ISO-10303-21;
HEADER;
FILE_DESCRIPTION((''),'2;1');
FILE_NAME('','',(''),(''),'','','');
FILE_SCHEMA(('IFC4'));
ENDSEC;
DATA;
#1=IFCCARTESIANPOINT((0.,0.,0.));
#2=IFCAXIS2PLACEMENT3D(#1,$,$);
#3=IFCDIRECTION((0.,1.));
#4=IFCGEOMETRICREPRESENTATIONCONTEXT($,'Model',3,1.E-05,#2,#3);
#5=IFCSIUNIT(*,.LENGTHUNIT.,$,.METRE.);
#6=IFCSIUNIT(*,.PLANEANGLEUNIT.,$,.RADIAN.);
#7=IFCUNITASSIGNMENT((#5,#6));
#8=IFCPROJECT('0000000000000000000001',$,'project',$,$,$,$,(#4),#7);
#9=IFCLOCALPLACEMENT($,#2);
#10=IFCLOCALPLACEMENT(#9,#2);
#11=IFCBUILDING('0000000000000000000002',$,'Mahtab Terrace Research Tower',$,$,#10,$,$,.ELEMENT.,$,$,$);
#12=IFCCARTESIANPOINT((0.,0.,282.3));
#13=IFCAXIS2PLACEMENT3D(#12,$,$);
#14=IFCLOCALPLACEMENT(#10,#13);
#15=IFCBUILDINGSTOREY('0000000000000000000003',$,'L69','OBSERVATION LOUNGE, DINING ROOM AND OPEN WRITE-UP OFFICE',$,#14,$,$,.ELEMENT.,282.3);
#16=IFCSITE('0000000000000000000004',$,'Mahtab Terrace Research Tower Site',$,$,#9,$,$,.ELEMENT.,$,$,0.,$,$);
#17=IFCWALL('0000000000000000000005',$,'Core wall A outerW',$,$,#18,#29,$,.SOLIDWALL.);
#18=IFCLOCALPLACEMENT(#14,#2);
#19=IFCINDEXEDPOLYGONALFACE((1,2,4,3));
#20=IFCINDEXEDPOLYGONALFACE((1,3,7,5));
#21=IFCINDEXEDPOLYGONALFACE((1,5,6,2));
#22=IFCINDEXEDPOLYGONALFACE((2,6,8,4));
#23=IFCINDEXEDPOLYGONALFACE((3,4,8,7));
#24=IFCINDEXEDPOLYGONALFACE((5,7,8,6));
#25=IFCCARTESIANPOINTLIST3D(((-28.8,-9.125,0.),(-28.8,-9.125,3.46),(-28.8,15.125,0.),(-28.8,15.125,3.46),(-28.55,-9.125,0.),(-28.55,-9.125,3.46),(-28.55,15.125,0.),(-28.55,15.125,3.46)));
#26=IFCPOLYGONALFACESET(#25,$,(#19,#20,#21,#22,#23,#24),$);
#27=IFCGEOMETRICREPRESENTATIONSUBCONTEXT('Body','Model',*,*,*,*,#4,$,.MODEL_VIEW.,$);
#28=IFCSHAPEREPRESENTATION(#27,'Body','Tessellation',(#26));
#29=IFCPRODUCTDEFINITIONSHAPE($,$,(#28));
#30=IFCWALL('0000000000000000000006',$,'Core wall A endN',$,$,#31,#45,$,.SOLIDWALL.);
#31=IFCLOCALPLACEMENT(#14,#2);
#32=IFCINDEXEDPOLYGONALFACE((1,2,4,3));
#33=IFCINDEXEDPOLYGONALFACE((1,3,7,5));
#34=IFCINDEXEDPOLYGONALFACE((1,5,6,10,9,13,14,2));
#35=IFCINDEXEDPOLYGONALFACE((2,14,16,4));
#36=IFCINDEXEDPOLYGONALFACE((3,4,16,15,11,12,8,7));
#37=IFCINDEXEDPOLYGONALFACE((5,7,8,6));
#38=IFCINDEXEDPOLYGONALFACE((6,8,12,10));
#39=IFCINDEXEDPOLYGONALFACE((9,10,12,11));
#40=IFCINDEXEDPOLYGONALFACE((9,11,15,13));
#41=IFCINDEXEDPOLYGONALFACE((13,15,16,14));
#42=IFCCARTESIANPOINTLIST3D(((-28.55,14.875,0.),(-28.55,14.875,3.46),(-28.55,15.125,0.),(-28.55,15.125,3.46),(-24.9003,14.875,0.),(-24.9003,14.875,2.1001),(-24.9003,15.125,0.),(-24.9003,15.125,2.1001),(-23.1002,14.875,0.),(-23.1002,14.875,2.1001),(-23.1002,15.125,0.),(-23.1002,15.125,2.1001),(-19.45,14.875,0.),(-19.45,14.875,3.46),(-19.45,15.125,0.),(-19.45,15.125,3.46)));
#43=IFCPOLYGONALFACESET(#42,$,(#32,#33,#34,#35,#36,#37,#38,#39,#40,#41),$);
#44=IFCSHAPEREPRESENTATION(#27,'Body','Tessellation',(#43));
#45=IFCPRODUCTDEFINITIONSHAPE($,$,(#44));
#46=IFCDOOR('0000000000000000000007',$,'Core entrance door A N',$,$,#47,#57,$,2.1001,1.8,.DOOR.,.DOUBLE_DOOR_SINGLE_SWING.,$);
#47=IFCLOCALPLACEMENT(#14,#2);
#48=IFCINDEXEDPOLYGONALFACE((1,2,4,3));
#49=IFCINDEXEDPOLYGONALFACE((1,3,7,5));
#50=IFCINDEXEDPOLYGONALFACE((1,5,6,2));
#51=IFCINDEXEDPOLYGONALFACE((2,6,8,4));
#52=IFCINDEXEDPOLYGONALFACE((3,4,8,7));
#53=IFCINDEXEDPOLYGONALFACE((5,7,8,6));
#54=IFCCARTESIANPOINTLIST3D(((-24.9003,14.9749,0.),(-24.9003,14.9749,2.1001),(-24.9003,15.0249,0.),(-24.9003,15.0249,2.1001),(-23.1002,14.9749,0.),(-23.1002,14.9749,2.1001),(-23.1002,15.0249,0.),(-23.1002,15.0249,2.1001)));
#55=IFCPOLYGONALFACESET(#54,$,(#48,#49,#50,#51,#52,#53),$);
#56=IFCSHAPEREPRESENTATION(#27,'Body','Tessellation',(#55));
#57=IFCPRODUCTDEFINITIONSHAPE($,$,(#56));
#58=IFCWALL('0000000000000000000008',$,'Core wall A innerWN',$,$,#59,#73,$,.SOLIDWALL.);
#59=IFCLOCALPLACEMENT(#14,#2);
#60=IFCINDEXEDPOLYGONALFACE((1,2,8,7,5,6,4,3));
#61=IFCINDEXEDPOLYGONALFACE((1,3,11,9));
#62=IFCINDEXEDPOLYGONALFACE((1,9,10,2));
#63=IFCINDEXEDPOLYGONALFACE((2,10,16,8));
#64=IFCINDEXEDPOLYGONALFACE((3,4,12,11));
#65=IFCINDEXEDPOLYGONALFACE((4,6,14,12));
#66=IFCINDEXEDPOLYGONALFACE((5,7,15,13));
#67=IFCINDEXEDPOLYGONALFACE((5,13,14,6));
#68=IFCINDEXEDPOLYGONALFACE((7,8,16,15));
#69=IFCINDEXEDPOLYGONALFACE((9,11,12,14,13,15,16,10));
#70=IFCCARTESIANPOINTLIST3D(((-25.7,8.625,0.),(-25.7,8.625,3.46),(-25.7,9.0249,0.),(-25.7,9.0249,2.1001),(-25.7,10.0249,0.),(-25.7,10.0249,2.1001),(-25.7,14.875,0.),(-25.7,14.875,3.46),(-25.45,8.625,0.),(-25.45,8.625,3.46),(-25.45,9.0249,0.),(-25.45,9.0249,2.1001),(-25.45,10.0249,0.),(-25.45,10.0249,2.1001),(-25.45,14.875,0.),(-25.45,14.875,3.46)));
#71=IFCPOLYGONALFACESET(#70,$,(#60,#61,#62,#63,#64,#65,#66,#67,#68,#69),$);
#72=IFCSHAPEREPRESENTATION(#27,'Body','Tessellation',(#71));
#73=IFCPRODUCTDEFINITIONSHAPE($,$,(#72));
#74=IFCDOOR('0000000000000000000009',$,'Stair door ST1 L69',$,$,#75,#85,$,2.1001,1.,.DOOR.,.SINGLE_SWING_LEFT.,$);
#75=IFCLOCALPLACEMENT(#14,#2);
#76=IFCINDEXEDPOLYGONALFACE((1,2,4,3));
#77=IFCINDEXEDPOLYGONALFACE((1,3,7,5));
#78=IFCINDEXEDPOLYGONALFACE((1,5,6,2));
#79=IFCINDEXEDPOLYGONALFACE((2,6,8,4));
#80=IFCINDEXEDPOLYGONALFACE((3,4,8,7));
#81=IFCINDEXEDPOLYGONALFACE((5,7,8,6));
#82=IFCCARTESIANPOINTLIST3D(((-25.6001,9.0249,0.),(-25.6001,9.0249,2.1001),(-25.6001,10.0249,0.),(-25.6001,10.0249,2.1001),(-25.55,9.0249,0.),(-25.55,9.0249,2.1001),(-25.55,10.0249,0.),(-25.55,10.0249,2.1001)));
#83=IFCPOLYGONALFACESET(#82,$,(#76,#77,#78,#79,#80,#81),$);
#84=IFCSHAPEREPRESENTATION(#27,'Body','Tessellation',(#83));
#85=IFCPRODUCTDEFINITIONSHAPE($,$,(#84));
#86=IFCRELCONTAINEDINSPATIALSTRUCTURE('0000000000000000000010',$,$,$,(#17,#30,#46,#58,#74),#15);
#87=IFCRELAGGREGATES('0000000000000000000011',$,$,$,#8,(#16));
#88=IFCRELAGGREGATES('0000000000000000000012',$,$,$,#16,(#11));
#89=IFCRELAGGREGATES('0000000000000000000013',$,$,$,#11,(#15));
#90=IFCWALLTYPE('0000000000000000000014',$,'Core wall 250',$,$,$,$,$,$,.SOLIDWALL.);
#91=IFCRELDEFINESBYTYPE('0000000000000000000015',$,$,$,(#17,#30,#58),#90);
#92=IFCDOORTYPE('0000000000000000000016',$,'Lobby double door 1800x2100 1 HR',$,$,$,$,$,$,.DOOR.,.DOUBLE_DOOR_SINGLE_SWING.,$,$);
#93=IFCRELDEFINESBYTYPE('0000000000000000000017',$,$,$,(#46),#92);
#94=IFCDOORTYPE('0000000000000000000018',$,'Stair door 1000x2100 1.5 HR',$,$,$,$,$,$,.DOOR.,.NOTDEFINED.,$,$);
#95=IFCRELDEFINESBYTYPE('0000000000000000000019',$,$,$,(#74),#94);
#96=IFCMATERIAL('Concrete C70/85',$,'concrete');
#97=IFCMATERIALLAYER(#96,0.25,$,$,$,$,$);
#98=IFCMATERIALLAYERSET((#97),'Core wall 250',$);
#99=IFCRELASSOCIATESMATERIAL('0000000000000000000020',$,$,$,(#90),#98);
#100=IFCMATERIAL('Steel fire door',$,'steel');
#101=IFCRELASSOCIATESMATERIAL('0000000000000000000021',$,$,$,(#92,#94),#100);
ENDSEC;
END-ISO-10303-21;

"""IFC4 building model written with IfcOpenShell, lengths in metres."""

from ifc_helpers import new_model, si_unit, direction, frame, frame_2d, origin, place, context, subcontext, project, spatial, rectangle, extrude, material, layer, layer_set, type_object, element, fill, save


model = new_model("IFC4")

# Units and contexts
model_context = context("Model", 3, precision=1e-05, world=origin(), true_north=direction((0.0, 1.0)))
body_context = subcontext(model_context, "Body", "Model", "MODEL_VIEW")
ifc_project = project(units=[si_unit("LENGTHUNIT", "METRE"), si_unit("PLANEANGLEUNIT", "RADIAN")], contexts=[model_context])

# Site, building, storey
site_placement = place(None, origin())
site = spatial("IfcSite", under=ifc_project, at=site_placement, Name="Mahtab Terrace Research Tower Site", CompositionType="ELEMENT", RefElevation=0.0)
building_placement = place(site_placement, origin())
building = spatial("IfcBuilding", under=site, at=building_placement, Name="Mahtab Terrace Research Tower", CompositionType="ELEMENT")
storey_placement = place(building_placement, frame((0.0, 0.0, 282.3)))
storey = spatial("IfcBuildingStorey", under=building, at=storey_placement, Name="L69", Description="OBSERVATION LOUNGE, DINING ROOM AND OPEN WRITE-UP OFFICE", CompositionType="ELEMENT", Elevation=282.3)

# Wall
ifc_material_1 = material(Name="Concrete C70/85", Category="concrete")
ifc_layer_1 = layer(ifc_material_1, 0.25)
ifc_layer_set_1 = layer_set([ifc_layer_1], Name="Core wall 250")
wall_type_1 = type_object("IfcWallType", Name="Core wall 250", PredefinedType="SOLIDWALL", material=ifc_layer_set_1)
wall_1_placement = place(storey_placement, frame((-28.675, 15.125, 0.0), z_axis=(0.0, 0.0, 1.0), x_axis=(0.0, -1.0, 0.0)))
element("IfcWall", 1, at=wall_1_placement, inside=storey, type_object=wall_type_1, Name="Core wall A outerW", PredefinedType="SOLIDWALL", context=body_context, shape_type="SweptSolid", body=[
    extrude(rectangle(XDim=24.25, YDim=0.25, at=frame_2d((12.125, 0.0))), origin(), (0.0, 0.0, 1.0), 3.46),
])

# Walls, openings, doors
wall_2_placement = place(storey_placement, frame((-28.55, 15.0, 0.0), z_axis=(0.0, 0.0, 1.0), x_axis=(1.0, 0.0, 0.0)))
wall_2 = element("IfcWall", 2, at=wall_2_placement, inside=storey, type_object=wall_type_1, Name="Core wall A endN", PredefinedType="SOLIDWALL", context=body_context, shape_type="SweptSolid", body=[
    extrude(rectangle(XDim=9.1001, YDim=0.25, at=frame_2d((4.55, 0.0))), origin(), (0.0, 0.0, 1.0), 3.46),
])
opening_1_placement = place(wall_2_placement, frame((3.6499, 0.0, 0.0)))
opening_1 = element("IfcOpeningElement", 3, at=opening_1_placement, cuts=wall_2, PredefinedType="OPENING", context=body_context, shape_type="SweptSolid", body=[
    extrude(rectangle(XDim=1.8, YDim=2.1001, at=frame_2d((0.8999, 1.05))), frame((0.0, 0.135, 0.0), z_axis=(0.0, -1.0, 0.0), x_axis=(1.0, 0.0, 0.0)), (0.0, 0.0, 1.0), 0.27),
])
ifc_material_2 = material(Name="Steel fire door", Category="steel")
door_type_1 = type_object("IfcDoorType", Name="Lobby double door 1800x2100 1 HR", OperationType="DOUBLE_DOOR_SINGLE_SWING", PredefinedType="DOOR", material=ifc_material_2)
door_1_placement = place(opening_1_placement, origin())
door_1 = element("IfcDoor", 4, at=door_1_placement, inside=storey, type_object=door_type_1, Name="Core entrance door A N", OperationType="DOUBLE_DOOR_SINGLE_SWING", OverallHeight=2.1001, OverallWidth=1.8, PredefinedType="DOOR", context=body_context, shape_type="SweptSolid", body=[
    extrude(rectangle(XDim=1.8, YDim=2.1001, at=frame_2d((0.8999, 1.05))), frame((0.0, 0.0249, 0.0), z_axis=(0.0, -1.0, 0.0), x_axis=(1.0, 0.0, 0.0)), (0.0, 0.0, 1.0), 0.05),
])
fill(opening_1, door_1)
wall_3_placement = place(storey_placement, frame((-25.575, 14.875, 0.0), z_axis=(0.0, 0.0, 1.0), x_axis=(0.0, -1.0, 0.0)))
wall_3 = element("IfcWall", 5, at=wall_3_placement, inside=storey, type_object=wall_type_1, Name="Core wall A innerWN", PredefinedType="SOLIDWALL", context=body_context, shape_type="SweptSolid", body=[
    extrude(rectangle(XDim=6.25, YDim=0.25, at=frame_2d((3.125, 0.0))), origin(), (0.0, 0.0, 1.0), 3.46),
])
opening_2_placement = place(wall_3_placement, frame((4.8501, 0.0, 0.0)))
opening_2 = element("IfcOpeningElement", 6, at=opening_2_placement, cuts=wall_3, PredefinedType="OPENING", context=body_context, shape_type="SweptSolid", body=[
    extrude(rectangle(XDim=1.0, YDim=2.1001, at=frame_2d((0.5, 1.05))), frame((0.0, 0.135, 0.0), z_axis=(0.0, -1.0, 0.0), x_axis=(1.0, 0.0, 0.0)), (0.0, 0.0, 1.0), 0.27),
])
door_type_2 = type_object("IfcDoorType", Name="Stair door 1000x2100 1.5 HR", OperationType="NOTDEFINED", PredefinedType="DOOR", material=ifc_material_2)
door_2_placement = place(opening_2_placement, origin())
door_2 = element("IfcDoor", 7, at=door_2_placement, inside=storey, type_object=door_type_2, Name="Stair door ST1 L69", OperationType="SINGLE_SWING_LEFT", OverallHeight=2.1001, OverallWidth=1.0, PredefinedType="DOOR", context=body_context, shape_type="SweptSolid", body=[
    extrude(rectangle(XDim=1.0, YDim=2.1001, at=frame_2d((0.5, 1.05))), frame((0.0, 0.0249, 0.0), z_axis=(0.0, -1.0, 0.0), x_axis=(1.0, 0.0, 0.0)), (0.0, 0.0, 1.0), 0.05),
])
fill(opening_2, door_2)

save(model, "model.ifc")
